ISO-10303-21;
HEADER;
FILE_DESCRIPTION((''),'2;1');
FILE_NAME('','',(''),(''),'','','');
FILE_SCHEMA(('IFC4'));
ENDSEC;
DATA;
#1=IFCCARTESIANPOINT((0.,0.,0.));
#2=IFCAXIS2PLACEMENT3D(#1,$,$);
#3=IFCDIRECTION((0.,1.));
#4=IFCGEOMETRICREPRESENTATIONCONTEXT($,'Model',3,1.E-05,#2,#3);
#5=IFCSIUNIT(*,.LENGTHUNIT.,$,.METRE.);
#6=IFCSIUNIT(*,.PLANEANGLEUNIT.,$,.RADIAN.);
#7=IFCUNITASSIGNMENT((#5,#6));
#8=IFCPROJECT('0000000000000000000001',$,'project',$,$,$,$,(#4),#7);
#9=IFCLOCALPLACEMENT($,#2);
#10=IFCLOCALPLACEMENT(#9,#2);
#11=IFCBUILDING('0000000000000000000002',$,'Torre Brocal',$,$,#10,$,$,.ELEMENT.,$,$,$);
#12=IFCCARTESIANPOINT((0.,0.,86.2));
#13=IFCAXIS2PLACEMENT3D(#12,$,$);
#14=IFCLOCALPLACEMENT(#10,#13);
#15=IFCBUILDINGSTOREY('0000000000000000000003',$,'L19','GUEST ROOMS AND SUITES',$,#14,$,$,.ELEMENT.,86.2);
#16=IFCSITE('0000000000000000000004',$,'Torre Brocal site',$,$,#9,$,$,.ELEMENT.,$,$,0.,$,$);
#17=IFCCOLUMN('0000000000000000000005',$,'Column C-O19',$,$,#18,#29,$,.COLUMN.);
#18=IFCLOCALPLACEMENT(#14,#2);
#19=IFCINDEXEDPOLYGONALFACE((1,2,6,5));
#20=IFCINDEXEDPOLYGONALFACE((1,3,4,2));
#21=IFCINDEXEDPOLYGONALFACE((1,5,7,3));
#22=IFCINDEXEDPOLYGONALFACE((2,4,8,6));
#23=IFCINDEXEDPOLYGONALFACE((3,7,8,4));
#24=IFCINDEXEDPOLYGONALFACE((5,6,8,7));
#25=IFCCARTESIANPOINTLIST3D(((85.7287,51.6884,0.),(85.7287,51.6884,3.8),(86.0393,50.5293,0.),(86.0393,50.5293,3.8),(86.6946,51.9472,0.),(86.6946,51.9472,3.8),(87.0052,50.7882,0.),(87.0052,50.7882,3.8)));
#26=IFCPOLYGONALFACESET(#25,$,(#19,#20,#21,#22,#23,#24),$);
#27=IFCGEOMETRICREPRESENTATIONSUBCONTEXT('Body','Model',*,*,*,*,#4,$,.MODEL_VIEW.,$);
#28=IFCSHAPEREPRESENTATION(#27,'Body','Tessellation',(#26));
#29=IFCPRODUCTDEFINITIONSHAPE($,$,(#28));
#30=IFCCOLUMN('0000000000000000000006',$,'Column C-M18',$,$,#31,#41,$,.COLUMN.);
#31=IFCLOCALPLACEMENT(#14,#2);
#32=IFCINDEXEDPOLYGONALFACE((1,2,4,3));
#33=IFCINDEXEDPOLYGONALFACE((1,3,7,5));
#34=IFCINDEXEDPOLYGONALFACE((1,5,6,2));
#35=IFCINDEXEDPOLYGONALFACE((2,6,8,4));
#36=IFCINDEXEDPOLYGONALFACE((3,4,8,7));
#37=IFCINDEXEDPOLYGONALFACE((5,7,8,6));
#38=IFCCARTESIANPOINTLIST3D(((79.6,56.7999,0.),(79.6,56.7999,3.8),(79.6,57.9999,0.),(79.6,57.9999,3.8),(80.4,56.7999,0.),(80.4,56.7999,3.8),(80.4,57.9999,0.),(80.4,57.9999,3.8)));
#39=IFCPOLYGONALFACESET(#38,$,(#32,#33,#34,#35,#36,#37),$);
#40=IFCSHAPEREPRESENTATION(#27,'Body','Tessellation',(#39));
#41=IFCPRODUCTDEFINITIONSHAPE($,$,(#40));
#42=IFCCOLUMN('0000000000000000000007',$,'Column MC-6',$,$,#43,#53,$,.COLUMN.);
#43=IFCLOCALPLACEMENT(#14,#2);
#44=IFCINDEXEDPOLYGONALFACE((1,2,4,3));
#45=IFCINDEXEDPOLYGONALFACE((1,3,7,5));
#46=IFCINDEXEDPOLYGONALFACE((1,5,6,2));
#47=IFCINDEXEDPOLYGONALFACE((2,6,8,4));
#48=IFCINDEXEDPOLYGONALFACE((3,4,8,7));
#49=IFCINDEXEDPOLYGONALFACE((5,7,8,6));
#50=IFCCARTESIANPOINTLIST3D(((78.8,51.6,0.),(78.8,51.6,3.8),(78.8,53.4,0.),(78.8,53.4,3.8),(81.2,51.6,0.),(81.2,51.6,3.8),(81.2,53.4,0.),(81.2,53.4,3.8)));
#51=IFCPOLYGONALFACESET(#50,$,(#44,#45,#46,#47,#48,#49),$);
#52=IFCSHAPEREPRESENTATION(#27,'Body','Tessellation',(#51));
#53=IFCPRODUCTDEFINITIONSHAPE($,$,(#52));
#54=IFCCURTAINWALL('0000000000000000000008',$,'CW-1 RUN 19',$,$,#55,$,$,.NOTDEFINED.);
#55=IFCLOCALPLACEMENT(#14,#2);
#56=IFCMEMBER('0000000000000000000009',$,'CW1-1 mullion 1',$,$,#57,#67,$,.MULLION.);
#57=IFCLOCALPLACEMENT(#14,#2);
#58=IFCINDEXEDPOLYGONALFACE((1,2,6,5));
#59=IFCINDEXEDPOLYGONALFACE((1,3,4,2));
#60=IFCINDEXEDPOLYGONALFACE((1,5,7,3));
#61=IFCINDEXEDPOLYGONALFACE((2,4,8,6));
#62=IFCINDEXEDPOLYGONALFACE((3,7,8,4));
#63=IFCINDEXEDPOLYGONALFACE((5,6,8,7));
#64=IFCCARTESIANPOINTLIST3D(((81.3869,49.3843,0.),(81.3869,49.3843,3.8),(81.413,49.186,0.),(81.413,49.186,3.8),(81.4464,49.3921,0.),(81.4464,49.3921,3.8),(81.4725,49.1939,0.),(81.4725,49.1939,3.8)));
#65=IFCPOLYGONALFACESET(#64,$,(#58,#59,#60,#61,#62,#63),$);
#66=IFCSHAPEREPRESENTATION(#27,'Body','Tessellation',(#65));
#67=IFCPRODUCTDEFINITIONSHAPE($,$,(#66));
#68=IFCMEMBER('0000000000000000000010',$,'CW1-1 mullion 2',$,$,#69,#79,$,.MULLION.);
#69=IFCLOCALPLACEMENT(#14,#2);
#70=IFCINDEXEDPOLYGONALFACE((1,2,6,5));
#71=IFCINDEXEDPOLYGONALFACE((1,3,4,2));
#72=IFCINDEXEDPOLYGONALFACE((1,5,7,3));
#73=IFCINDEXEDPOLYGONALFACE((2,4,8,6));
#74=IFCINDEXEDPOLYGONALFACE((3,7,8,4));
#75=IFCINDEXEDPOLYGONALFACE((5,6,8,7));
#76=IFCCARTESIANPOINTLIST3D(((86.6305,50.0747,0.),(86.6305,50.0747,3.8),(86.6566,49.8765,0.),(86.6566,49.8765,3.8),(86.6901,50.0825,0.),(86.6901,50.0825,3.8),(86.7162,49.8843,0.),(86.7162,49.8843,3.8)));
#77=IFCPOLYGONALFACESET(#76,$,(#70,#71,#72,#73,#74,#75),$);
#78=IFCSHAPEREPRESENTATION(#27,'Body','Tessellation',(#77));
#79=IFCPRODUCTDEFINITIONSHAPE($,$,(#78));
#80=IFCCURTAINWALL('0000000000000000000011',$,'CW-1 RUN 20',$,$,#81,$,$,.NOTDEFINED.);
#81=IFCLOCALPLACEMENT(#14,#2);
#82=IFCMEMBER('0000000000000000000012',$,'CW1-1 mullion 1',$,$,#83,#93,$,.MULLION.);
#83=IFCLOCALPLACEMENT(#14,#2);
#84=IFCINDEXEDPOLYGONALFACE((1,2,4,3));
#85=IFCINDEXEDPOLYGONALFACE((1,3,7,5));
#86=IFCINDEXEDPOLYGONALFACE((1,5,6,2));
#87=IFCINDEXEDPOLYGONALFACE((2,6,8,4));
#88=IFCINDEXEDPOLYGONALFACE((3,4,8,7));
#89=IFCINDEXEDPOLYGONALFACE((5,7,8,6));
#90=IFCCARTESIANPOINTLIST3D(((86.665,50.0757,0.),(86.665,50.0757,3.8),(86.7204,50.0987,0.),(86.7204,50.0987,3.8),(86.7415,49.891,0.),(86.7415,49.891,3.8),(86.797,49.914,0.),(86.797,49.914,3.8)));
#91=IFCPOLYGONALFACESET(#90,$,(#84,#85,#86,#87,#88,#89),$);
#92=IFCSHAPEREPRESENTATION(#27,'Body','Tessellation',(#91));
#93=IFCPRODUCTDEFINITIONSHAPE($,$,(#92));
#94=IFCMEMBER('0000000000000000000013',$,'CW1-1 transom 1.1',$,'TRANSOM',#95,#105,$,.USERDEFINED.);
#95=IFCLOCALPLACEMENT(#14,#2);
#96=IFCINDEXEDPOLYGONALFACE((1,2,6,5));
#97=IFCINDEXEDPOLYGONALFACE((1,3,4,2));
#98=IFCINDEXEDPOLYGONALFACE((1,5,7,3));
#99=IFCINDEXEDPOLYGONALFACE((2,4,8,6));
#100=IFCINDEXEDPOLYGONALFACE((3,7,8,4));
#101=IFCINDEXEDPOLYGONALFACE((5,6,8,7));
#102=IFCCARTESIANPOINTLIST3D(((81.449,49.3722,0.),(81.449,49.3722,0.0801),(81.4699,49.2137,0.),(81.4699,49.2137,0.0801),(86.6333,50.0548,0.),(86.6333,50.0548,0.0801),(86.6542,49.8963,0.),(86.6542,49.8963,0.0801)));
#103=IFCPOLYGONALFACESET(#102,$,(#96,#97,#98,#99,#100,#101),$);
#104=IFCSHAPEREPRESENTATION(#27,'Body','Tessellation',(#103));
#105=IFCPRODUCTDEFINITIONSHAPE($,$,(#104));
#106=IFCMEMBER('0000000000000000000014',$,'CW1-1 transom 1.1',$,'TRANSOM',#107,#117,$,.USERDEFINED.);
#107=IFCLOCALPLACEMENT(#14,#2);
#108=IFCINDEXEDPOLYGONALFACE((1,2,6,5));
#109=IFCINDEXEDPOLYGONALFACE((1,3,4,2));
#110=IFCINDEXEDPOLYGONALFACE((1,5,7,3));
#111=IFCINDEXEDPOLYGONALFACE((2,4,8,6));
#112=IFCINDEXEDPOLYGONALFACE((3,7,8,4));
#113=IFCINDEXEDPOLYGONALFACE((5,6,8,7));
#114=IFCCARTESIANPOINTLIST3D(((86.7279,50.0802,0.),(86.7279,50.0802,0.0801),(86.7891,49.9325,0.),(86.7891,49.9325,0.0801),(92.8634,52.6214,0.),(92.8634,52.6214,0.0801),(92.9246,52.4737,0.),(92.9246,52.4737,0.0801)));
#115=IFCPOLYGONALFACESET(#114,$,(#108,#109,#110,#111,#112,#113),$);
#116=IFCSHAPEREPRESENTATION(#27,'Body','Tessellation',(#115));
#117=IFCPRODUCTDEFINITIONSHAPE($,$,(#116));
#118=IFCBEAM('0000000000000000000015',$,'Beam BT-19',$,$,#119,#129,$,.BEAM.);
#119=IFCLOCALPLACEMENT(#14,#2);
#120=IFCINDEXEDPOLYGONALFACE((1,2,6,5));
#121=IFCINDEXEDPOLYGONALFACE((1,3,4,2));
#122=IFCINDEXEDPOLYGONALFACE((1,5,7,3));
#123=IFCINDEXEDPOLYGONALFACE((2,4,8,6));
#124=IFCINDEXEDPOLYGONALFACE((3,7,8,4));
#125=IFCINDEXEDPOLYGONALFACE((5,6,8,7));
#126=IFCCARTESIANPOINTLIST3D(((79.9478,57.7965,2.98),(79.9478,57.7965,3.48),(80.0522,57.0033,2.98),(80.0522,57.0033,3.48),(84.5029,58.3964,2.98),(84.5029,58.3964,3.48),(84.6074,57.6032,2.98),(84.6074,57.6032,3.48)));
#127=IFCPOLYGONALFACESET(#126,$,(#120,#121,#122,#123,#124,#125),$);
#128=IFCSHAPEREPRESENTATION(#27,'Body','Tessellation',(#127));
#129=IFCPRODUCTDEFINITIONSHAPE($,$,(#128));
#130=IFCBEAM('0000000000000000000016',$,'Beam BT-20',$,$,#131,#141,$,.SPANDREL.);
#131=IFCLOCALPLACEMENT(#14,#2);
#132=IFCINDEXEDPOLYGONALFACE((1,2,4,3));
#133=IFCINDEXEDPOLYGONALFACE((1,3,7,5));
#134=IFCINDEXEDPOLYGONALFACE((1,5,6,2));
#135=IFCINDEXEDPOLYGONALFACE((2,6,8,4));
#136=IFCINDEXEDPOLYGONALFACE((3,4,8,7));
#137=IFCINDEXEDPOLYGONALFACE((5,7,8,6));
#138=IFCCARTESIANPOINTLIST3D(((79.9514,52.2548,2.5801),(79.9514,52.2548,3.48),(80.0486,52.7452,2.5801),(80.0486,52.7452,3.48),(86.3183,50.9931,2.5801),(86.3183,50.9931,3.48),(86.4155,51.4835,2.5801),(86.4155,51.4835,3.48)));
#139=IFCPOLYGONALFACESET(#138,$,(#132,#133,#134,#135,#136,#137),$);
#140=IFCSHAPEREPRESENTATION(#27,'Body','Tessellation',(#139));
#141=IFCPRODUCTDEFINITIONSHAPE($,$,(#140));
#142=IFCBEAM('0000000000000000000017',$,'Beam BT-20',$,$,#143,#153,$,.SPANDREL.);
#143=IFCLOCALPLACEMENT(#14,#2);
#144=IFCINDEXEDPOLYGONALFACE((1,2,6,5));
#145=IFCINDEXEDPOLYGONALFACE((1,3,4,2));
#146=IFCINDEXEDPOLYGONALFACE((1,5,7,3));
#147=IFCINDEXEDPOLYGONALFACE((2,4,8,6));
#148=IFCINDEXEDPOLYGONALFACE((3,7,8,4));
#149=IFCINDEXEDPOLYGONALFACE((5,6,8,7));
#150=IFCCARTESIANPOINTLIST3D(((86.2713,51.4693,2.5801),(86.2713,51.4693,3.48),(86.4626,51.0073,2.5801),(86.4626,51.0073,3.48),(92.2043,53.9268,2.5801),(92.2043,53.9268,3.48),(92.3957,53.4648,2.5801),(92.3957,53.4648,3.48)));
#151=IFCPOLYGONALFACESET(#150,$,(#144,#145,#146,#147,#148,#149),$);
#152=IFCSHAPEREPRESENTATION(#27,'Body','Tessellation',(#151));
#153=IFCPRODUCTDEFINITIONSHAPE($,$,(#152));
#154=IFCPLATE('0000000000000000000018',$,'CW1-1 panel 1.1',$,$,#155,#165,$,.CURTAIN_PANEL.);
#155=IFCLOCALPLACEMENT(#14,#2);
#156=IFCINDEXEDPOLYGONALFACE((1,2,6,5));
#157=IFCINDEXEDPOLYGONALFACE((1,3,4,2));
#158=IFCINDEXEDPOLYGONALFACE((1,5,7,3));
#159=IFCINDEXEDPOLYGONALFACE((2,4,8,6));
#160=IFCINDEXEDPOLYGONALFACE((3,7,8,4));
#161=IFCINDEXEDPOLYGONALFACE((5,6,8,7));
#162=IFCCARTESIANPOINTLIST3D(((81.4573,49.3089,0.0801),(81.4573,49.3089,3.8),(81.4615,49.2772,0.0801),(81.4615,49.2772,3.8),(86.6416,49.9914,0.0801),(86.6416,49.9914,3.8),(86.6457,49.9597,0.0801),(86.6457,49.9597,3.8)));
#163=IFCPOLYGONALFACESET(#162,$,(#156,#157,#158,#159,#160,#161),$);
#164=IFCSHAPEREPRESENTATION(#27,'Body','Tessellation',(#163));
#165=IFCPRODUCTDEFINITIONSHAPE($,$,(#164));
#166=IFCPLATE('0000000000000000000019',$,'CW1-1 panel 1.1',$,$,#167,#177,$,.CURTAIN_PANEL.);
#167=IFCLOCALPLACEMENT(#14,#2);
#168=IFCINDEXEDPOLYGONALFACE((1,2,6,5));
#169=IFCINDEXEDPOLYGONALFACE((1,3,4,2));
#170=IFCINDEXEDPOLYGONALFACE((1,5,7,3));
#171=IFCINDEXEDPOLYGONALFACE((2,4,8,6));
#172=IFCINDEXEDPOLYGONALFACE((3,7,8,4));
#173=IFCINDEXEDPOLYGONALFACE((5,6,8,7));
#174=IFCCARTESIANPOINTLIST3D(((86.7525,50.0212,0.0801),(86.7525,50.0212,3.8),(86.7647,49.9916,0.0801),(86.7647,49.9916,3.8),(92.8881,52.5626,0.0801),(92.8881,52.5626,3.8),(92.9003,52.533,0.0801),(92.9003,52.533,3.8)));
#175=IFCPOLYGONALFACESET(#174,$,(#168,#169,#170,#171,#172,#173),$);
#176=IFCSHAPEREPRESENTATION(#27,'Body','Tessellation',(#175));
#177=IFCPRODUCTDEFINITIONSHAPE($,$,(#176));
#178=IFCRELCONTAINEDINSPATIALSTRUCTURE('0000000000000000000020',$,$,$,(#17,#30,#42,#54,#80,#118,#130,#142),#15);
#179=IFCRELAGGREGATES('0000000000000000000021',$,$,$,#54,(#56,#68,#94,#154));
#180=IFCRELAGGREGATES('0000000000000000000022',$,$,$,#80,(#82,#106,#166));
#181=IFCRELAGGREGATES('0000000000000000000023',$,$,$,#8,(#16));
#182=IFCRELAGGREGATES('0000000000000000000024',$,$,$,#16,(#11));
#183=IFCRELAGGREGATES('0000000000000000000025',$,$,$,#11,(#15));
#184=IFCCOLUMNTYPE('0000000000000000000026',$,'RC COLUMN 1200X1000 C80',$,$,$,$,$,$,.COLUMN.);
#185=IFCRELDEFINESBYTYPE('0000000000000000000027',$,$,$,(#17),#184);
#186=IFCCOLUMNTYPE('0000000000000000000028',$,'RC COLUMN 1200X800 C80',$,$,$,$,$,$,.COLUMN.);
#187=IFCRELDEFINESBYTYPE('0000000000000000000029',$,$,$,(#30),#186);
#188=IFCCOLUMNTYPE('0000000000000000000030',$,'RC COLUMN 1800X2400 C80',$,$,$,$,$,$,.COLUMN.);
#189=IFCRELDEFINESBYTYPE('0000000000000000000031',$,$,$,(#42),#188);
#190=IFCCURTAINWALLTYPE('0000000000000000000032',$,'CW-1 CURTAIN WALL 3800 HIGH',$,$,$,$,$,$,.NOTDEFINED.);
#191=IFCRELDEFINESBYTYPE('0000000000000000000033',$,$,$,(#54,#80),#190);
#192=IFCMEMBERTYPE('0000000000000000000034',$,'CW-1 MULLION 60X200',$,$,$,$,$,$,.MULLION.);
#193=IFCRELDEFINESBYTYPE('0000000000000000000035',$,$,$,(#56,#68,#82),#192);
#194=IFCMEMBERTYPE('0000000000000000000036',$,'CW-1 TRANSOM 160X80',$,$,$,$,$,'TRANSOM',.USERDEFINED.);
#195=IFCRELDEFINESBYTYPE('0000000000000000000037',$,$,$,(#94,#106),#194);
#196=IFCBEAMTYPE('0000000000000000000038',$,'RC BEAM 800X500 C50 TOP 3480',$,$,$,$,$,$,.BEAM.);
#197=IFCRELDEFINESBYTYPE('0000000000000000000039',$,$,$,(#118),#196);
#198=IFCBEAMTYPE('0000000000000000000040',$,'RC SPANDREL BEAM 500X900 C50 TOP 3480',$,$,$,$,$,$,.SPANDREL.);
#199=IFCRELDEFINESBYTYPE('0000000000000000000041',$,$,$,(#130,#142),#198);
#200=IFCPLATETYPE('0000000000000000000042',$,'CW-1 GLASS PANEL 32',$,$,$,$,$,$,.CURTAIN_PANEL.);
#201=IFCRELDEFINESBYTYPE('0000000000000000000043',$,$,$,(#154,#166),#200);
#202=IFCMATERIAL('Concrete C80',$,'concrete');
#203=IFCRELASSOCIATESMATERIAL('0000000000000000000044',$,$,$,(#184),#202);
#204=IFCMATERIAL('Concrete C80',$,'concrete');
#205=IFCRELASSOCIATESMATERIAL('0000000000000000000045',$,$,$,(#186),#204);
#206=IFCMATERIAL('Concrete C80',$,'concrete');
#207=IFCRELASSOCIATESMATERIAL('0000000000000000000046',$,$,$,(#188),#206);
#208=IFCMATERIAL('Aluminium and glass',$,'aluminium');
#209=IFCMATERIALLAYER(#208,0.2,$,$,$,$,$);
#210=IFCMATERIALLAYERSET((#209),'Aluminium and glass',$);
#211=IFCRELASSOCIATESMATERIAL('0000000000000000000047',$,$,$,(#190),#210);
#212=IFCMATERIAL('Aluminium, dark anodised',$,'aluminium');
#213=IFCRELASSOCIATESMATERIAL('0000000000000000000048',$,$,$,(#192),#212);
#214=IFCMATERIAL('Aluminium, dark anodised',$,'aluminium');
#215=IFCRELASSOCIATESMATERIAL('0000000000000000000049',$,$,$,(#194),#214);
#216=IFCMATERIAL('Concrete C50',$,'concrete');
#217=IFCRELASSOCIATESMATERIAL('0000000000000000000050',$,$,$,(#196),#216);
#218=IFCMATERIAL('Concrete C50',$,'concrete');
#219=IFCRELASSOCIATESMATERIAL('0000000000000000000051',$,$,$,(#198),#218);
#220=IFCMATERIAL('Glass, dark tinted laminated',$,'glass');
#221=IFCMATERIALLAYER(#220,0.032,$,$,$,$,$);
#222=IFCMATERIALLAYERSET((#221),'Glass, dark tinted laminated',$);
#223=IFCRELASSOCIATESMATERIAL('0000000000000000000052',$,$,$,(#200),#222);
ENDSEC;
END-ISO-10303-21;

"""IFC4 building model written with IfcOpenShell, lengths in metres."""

from ifc_helpers import new_model, si_unit, direction, frame, origin, origin_2d, place, context, subcontext, project, spatial, rectangle, extrude, material, layer, layer_set, material_profile, profile_set, type_object, element, aggregate, save


model = new_model("IFC4")

# Units and contexts
model_context = context("Model", 3, precision=1e-05, world=origin(), true_north=direction((0.0, 1.0)))
body_context = subcontext(model_context, "Body", "Model", "MODEL_VIEW")
ifc_project = project(units=[si_unit("LENGTHUNIT", "METRE"), si_unit("PLANEANGLEUNIT", "RADIAN")], contexts=[model_context])

# Site, building, storey
site_placement = place(None, origin())
site = spatial("IfcSite", under=ifc_project, at=site_placement, Name="Torre Brocal site", CompositionType="ELEMENT", RefElevation=0.0)
building_placement = place(site_placement, origin())
building = spatial("IfcBuilding", under=site, at=building_placement, Name="Torre Brocal", CompositionType="ELEMENT")
storey_placement = place(building_placement, frame((0.0, 0.0, 86.2)))
storey = spatial("IfcBuildingStorey", under=building, at=storey_placement, Name="L19", Description="GUEST ROOMS AND SUITES", CompositionType="ELEMENT", Elevation=86.2)

# Columns
ifc_material_1 = material(Name="Concrete C80", Category="concrete")
ifc_material_profile_1 = material_profile(ifc_material_1, rectangle(XDim=1.2, YDim=1.0, at=origin_2d()), Name="RC 1200X1000")
ifc_profile_set_1 = profile_set([ifc_material_profile_1], Name="Concrete C80")
column_type_1 = type_object("IfcColumnType", Name="RC COLUMN 1200X1000 C80", PredefinedType="COLUMN", material=ifc_profile_set_1)
column_1_placement = place(storey_placement, frame((86.3669, 51.2383, 0.0), z_axis=(0.0, 0.0, 1.0), x_axis=(0.258819, -0.965926, 0.0)))
element("IfcColumn", 1, at=column_1_placement, inside=storey, type_object=column_type_1, Name="Column C-O19", PredefinedType="COLUMN", context=body_context, shape_type="SweptSolid", body=[
    extrude(rectangle(XDim=1.2, YDim=1.0, at=origin_2d()), origin(), (0.0, 0.0, 1.0), 3.8),
])
ifc_material_2 = material(Name="Concrete C80", Category="concrete")
ifc_material_profile_2 = material_profile(ifc_material_2, rectangle(XDim=1.2, YDim=0.8, at=origin_2d()), Name="RC 1200X800")
ifc_profile_set_2 = profile_set([ifc_material_profile_2], Name="Concrete C80")
column_type_2 = type_object("IfcColumnType", Name="RC COLUMN 1200X800 C80", PredefinedType="COLUMN", material=ifc_profile_set_2)
column_2_placement = place(storey_placement, frame((80.0, 57.3999, 0.0), z_axis=(0.0, 0.0, 1.0), x_axis=(0.0, -1.0, 0.0)))
element("IfcColumn", 2, at=column_2_placement, inside=storey, type_object=column_type_2, Name="Column C-M18", PredefinedType="COLUMN", context=body_context, shape_type="SweptSolid", body=[
    extrude(rectangle(XDim=1.2, YDim=0.8, at=origin_2d()), origin(), (0.0, 0.0, 1.0), 3.8),
])
ifc_material_3 = material(Name="Concrete C80", Category="concrete")
ifc_material_profile_3 = material_profile(ifc_material_3, rectangle(XDim=1.8, YDim=2.3999, at=origin_2d()), Name="RC 1800X2400")
ifc_profile_set_3 = profile_set([ifc_material_profile_3], Name="Concrete C80")
column_type_3 = type_object("IfcColumnType", Name="RC COLUMN 1800X2400 C80", PredefinedType="COLUMN", material=ifc_profile_set_3)
column_3_placement = place(storey_placement, frame((80.0, 52.5, 0.0), z_axis=(0.0, 0.0, 1.0), x_axis=(0.0, -1.0, 0.0)))
element("IfcColumn", 3, at=column_3_placement, inside=storey, type_object=column_type_3, Name="Column MC-6", PredefinedType="COLUMN", context=body_context, shape_type="SweptSolid", body=[
    extrude(rectangle(XDim=1.8, YDim=2.3999, at=origin_2d()), origin(), (0.0, 0.0, 1.0), 3.8),
])

# Curtain wall, members
ifc_material_4 = material(Name="Aluminium and glass", Category="aluminium")
ifc_layer_1 = layer(ifc_material_4, 0.2)
ifc_layer_set_1 = layer_set([ifc_layer_1], Name="Aluminium and glass")
curtain_wall_type = type_object("IfcCurtainWallType", Name="CW-1 CURTAIN WALL 3800 HIGH", PredefinedType="NOTDEFINED", material=ifc_layer_set_1)
curtain_wall_1_placement = place(storey_placement, origin())
curtain_wall_1 = element("IfcCurtainWall", 4, at=curtain_wall_1_placement, inside=storey, type_object=curtain_wall_type, Name="CW-1 RUN 19", PredefinedType="NOTDEFINED")
ifc_material_5 = material(Name="Aluminium, dark anodised", Category="aluminium")
ifc_material_profile_4 = material_profile(ifc_material_5, rectangle(XDim=0.2, YDim=0.0601, at=origin_2d()), Name="CW-1 MULLION 60X200")
ifc_profile_set_4 = profile_set([ifc_material_profile_4], Name="Aluminium, dark anodised")
member_type_1 = type_object("IfcMemberType", Name="CW-1 MULLION 60X200", PredefinedType="MULLION", material=ifc_profile_set_4)
member_1_placement = place(storey_placement, frame((81.4297, 49.2891, 0.0), z_axis=(0.0, 0.0, 1.0), x_axis=(-0.130526, 0.991445, 0.0)))
member_1 = element("IfcMember", 5, at=member_1_placement, type_object=member_type_1, Name="CW1-1 mullion 1", PredefinedType="MULLION", context=body_context, shape_type="SweptSolid", body=[
    extrude(rectangle(XDim=0.2, YDim=0.0601, at=origin_2d()), origin(), (0.0, 0.0, 1.0), 3.8),
])
member_2_placement = place(storey_placement, frame((86.6733, 49.9795, 0.0), z_axis=(0.0, 0.0, 1.0), x_axis=(-0.130526, 0.991445, 0.0)))
member_2 = element("IfcMember", 6, at=member_2_placement, type_object=member_type_1, Name="CW1-1 mullion 2", PredefinedType="MULLION", context=body_context, shape_type="SweptSolid", body=[
    extrude(rectangle(XDim=0.2, YDim=0.0601, at=origin_2d()), origin(), (0.0, 0.0, 1.0), 3.8),
])

# Curtain wall, member
curtain_wall_2_placement = place(storey_placement, origin())
curtain_wall_2 = element("IfcCurtainWall", 7, at=curtain_wall_2_placement, inside=storey, type_object=curtain_wall_type, Name="CW-1 RUN 20", PredefinedType="NOTDEFINED")
member_3_placement = place(storey_placement, frame((86.731, 49.9949, 0.0), z_axis=(0.0, 0.0, 1.0), x_axis=(-0.382683, 0.92388, 0.0)))
member_3 = element("IfcMember", 8, at=member_3_placement, type_object=member_type_1, Name="CW1-1 mullion 1", PredefinedType="MULLION", context=body_context, shape_type="SweptSolid", body=[
    extrude(rectangle(XDim=0.2, YDim=0.0601, at=origin_2d()), origin(), (0.0, 0.0, 1.0), 3.8),
])

# Members
ifc_material_6 = material(Name="Aluminium, dark anodised", Category="aluminium")
ifc_material_profile_5 = material_profile(ifc_material_6, rectangle(XDim=0.1599, YDim=0.0801, at=origin_2d()), Name="CW-1 TRANSOM 160X80")
ifc_profile_set_5 = profile_set([ifc_material_profile_5], Name="Aluminium, dark anodised")
member_type_2 = type_object("IfcMemberType", Name="CW-1 TRANSOM 160X80", ElementType="TRANSOM", PredefinedType="USERDEFINED", material=ifc_profile_set_5)
member_4_placement = place(storey_placement, frame((81.4595, 49.293, 0.04), z_axis=(0.991443, 0.130543, 0.0), x_axis=(-0.130543, 0.991443, 0.0)))
member_4 = element("IfcMember", 9, at=member_4_placement, type_object=member_type_2, Name="CW1-1 transom 1.1", ObjectType="TRANSOM", PredefinedType="USERDEFINED", context=body_context, shape_type="SweptSolid", body=[
    extrude(rectangle(XDim=0.1599, YDim=0.0801, at=origin_2d()), origin(), (0.0, 0.0, 1.0), 5.229),
])
member_5_placement = place(storey_placement, frame((86.7585, 50.0063, 0.04), z_axis=(0.923887, 0.382665, 0.0), x_axis=(-0.382665, 0.923887, 0.0)))
member_5 = element("IfcMember", 10, at=member_5_placement, type_object=member_type_2, Name="CW1-1 transom 1.1", ObjectType="TRANSOM", PredefinedType="USERDEFINED", context=body_context, shape_type="SweptSolid", body=[
    extrude(rectangle(XDim=0.1599, YDim=0.0801, at=origin_2d()), origin(), (0.0, 0.0, 1.0), 6.6409),
])

# Beams
ifc_material_7 = material(Name="Concrete C50", Category="concrete")
ifc_material_profile_6 = material_profile(ifc_material_7, rectangle(XDim=0.8, YDim=0.5, at=origin_2d()), Name="RC 800X500")
ifc_profile_set_6 = profile_set([ifc_material_profile_6], Name="Concrete C50")
beam_type_1 = type_object("IfcBeamType", Name="RC BEAM 800X500 C50 TOP 3480", PredefinedType="BEAM", material=ifc_profile_set_6)
beam_1_placement = place(storey_placement, frame((80.0, 57.3999, 3.23), z_axis=(0.991441, 0.130559, 0.0), x_axis=(-0.130559, 0.991441, 0.0)))
element("IfcBeam", 11, at=beam_1_placement, inside=storey, type_object=beam_type_1, Name="Beam BT-19", PredefinedType="BEAM", context=body_context, shape_type="SweptSolid", body=[
    extrude(rectangle(XDim=0.8, YDim=0.5, at=origin_2d()), origin(), (0.0, 0.0, 1.0), 4.5945),
])
ifc_material_8 = material(Name="Concrete C50", Category="concrete")
ifc_material_profile_7 = material_profile(ifc_material_8, rectangle(XDim=0.5, YDim=0.8999, at=origin_2d()), Name="RC 500X900")
ifc_profile_set_7 = profile_set([ifc_material_profile_7], Name="Concrete C50")
beam_type_2 = type_object("IfcBeamType", Name="RC SPANDREL BEAM 500X900 C50 TOP 3480", PredefinedType="SPANDREL", material=ifc_profile_set_7)
beam_2_placement = place(storey_placement, frame((80.0, 52.5, 3.03), z_axis=(0.980925, -0.194387, 0.0), x_axis=(0.194387, 0.980925, 0.0)))
element("IfcBeam", 12, at=beam_2_placement, inside=storey, type_object=beam_type_2, Name="Beam BT-20", PredefinedType="SPANDREL", context=body_context, shape_type="SweptSolid", body=[
    extrude(rectangle(XDim=0.5, YDim=0.8999, at=origin_2d()), origin(), (0.0, 0.0, 1.0), 6.4907),
])
beam_3_placement = place(storey_placement, frame((86.3669, 51.2383, 3.03), z_axis=(0.923882, 0.382676, 0.0), x_axis=(-0.382676, 0.923882, 0.0)))
element("IfcBeam", 13, at=beam_3_placement, inside=storey, type_object=beam_type_2, Name="Beam BT-20", PredefinedType="SPANDREL", context=body_context, shape_type="SweptSolid", body=[
    extrude(rectangle(XDim=0.5, YDim=0.8999, at=origin_2d()), origin(), (0.0, 0.0, 1.0), 6.4219),
])

# Plates
ifc_material_9 = material(Name="Glass, dark tinted laminated", Category="glass")
ifc_layer_2 = layer(ifc_material_9, 0.032)
ifc_layer_set_2 = layer_set([ifc_layer_2], Name="Glass, dark tinted laminated")
plate_type = type_object("IfcPlateType", Name="CW-1 GLASS PANEL 32", PredefinedType="CURTAIN_PANEL", material=ifc_layer_set_2)
plate_1_placement = place(storey_placement, frame((84.0515, 49.6343, 0.0801), z_axis=(0.0, 0.0, 1.0), x_axis=(0.991445, 0.130526, 0.0)))
plate_1 = element("IfcPlate", 14, at=plate_1_placement, type_object=plate_type, Name="CW1-1 panel 1.1", PredefinedType="CURTAIN_PANEL", context=body_context, shape_type="SweptSolid", body=[
    extrude(rectangle(XDim=5.229, YDim=0.032, at=origin_2d()), origin(), (0.0, 0.0, 1.0), 3.72),
])
aggregate(curtain_wall_1, [member_1, member_2, member_4, plate_1])
plate_2_placement = place(storey_placement, frame((89.8264, 51.2771, 0.0801), z_axis=(0.0, 0.0, 1.0), x_axis=(0.92388, 0.382683, 0.0)))
plate_2 = element("IfcPlate", 15, at=plate_2_placement, type_object=plate_type, Name="CW1-1 panel 1.1", PredefinedType="CURTAIN_PANEL", context=body_context, shape_type="SweptSolid", body=[
    extrude(rectangle(XDim=6.6411, YDim=0.032, at=origin_2d()), origin(), (0.0, 0.0, 1.0), 3.72),
])
aggregate(curtain_wall_2, [member_3, member_5, plate_2])

save(model, "model.ifc")
